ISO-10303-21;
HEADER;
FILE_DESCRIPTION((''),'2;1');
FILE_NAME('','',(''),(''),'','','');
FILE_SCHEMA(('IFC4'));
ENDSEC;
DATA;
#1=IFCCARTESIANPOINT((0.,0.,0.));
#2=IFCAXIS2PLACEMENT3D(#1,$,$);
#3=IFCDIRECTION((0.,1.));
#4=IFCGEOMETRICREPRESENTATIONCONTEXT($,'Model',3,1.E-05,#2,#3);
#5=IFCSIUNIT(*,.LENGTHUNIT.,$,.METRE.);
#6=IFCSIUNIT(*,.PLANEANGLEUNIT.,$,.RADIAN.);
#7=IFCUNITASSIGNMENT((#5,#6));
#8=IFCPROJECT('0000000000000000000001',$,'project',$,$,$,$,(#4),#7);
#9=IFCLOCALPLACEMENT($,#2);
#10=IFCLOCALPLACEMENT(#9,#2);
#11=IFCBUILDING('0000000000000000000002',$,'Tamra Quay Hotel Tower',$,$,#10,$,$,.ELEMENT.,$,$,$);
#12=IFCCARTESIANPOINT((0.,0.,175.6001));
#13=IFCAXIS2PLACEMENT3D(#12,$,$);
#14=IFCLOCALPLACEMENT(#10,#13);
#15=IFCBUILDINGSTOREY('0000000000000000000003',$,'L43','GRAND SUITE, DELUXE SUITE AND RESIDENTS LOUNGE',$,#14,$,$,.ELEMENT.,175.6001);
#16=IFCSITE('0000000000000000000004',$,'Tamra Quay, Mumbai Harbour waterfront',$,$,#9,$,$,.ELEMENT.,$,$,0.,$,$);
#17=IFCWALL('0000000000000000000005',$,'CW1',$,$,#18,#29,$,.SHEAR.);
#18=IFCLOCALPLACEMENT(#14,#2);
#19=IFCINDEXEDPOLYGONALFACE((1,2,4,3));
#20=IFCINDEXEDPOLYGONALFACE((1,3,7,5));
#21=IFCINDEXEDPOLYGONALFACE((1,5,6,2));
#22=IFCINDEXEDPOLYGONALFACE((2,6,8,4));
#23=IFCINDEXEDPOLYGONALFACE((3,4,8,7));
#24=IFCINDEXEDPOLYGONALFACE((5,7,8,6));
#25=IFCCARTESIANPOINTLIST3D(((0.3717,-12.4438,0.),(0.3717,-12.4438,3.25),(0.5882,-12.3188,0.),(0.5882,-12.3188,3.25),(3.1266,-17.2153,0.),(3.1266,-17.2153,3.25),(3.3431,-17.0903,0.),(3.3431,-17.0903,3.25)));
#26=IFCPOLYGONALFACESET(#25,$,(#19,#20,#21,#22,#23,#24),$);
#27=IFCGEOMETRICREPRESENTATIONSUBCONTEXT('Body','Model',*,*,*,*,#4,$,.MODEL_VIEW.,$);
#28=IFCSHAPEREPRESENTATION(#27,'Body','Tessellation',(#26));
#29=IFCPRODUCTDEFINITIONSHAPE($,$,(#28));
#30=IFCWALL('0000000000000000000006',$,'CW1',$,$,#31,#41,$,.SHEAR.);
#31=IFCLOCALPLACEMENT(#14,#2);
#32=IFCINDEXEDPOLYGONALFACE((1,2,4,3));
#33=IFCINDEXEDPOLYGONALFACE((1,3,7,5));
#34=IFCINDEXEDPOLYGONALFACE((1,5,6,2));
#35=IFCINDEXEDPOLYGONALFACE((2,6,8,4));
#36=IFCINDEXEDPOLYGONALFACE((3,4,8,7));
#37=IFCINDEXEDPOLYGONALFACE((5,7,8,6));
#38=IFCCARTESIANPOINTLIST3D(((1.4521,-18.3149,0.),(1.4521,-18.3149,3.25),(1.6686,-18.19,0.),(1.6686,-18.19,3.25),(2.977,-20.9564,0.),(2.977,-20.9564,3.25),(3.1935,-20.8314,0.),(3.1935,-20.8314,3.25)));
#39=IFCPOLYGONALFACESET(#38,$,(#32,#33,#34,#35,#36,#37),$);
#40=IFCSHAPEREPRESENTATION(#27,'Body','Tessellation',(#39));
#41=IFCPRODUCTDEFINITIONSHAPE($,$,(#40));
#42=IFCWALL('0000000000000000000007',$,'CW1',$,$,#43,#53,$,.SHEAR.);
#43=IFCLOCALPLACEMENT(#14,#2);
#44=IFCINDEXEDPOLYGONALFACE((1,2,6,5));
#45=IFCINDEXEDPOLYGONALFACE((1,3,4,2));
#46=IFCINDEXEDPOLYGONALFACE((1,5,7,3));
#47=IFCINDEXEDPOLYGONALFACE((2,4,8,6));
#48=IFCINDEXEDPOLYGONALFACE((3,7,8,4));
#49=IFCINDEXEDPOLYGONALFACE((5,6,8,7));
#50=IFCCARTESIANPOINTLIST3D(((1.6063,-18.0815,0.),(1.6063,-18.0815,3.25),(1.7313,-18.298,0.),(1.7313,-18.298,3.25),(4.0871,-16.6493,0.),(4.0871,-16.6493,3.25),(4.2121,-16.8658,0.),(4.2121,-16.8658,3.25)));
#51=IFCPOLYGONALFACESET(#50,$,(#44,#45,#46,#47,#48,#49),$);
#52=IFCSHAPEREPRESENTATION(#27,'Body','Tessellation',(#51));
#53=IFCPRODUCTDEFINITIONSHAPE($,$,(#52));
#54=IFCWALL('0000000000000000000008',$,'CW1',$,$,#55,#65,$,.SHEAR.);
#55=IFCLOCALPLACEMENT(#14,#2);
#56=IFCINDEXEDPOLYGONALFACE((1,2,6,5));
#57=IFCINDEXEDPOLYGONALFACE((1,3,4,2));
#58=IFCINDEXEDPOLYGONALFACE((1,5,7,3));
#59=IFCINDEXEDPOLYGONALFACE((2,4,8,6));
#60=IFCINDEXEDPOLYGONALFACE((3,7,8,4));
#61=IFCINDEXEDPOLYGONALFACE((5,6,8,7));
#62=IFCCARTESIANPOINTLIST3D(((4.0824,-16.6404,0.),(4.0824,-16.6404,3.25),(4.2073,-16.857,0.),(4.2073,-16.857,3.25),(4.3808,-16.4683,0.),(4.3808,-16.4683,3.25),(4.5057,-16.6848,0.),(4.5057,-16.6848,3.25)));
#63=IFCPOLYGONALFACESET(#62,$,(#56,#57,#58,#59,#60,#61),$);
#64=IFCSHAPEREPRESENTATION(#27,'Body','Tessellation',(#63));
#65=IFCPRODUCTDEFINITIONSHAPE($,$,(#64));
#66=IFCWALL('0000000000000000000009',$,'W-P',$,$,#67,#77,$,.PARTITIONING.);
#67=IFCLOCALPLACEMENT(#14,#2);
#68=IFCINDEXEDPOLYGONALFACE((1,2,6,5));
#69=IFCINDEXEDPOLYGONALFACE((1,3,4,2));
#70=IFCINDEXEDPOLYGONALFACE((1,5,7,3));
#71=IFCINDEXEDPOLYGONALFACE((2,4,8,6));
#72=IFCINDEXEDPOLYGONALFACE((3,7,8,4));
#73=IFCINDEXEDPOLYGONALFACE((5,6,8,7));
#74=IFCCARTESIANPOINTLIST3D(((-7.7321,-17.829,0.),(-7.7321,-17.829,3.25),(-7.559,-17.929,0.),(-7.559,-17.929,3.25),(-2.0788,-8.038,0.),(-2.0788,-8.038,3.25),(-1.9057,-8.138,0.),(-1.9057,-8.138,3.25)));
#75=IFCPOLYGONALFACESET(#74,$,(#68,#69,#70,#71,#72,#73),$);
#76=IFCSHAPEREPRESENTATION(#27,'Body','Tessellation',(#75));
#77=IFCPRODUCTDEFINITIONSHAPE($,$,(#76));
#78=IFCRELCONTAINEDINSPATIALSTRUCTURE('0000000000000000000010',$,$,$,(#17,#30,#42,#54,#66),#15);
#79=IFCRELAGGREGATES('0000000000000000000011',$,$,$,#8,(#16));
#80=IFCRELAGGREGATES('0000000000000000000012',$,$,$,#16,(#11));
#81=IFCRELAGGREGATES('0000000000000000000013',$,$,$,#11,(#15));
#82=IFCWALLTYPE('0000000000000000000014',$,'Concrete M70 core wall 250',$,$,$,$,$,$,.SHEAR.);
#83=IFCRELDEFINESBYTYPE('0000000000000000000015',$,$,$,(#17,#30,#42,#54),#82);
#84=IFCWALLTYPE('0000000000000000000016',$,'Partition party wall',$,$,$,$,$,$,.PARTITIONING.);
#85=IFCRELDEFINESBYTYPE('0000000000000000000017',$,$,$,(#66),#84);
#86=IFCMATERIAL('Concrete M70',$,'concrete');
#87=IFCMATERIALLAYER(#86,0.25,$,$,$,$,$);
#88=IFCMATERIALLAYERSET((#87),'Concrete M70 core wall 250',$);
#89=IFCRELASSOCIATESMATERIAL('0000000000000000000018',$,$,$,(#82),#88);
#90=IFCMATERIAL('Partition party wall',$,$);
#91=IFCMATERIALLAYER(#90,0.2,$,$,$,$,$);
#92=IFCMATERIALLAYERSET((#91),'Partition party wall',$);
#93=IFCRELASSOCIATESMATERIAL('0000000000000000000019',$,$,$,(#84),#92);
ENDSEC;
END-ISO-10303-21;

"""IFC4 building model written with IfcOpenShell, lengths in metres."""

from ifc_helpers import new_model, si_unit, direction, frame, frame_2d, origin, place, context, subcontext, project, spatial, rectangle, extrude, material, layer, layer_set, type_object, element, save


model = new_model("IFC4")

# Units and contexts
model_context = context("Model", 3, precision=1e-05, world=origin(), true_north=direction((0.0, 1.0)))
body_context = subcontext(model_context, "Body", "Model", "MODEL_VIEW")
ifc_project = project(units=[si_unit("LENGTHUNIT", "METRE"), si_unit("PLANEANGLEUNIT", "RADIAN")], contexts=[model_context])

# Site, building, storey
site_placement = place(None, origin())
site = spatial("IfcSite", under=ifc_project, at=site_placement, Name="Tamra Quay, Mumbai Harbour waterfront", CompositionType="ELEMENT", RefElevation=0.0)
building_placement = place(site_placement, origin())
building = spatial("IfcBuilding", under=site, at=building_placement, Name="Tamra Quay Hotel Tower", CompositionType="ELEMENT")
storey_placement = place(building_placement, frame((0.0, 0.0, 175.6001)))
storey = spatial("IfcBuildingStorey", under=building, at=storey_placement, Name="L43", Description="GRAND SUITE, DELUXE SUITE AND RESIDENTS LOUNGE", CompositionType="ELEMENT", Elevation=175.6001)

# Shared definitions
ifc_material_1 = material(Name="Concrete M70", Category="concrete")

# Walls
ifc_layer_1 = layer(ifc_material_1, 0.25)
ifc_layer_set_1 = layer_set([ifc_layer_1], Name="Concrete M70 core wall 250")
wall_type_1 = type_object("IfcWallType", Name="Concrete M70 core wall 250", PredefinedType="SHEAR", material=ifc_layer_set_1)
wall_1_placement = place(storey_placement, frame((3.2349, -17.1528, 0.0), z_axis=(0.0, 0.0, 1.0), x_axis=(-0.500009, 0.86602, 0.0)))
element("IfcWall", 1, at=wall_1_placement, inside=storey, type_object=wall_type_1, Name="CW1", PredefinedType="SHEAR", context=body_context, shape_type="SweptSolid", body=[
    extrude(rectangle(XDim=5.5098, YDim=0.25, at=frame_2d((2.7549, 0.0))), origin(), (0.0, 0.0, 1.0), 3.25),
])
wall_2_placement = place(storey_placement, frame((3.0852, -20.8938, 0.0), z_axis=(0.0, 0.0, 1.0), x_axis=(-0.499979, 0.866038, 0.0)))
element("IfcWall", 2, at=wall_2_placement, inside=storey, type_object=wall_type_1, Name="CW1", PredefinedType="SHEAR", context=body_context, shape_type="SweptSolid", body=[
    extrude(rectangle(XDim=3.05, YDim=0.25, at=frame_2d((1.5249, 0.0))), origin(), (0.0, 0.0, 1.0), 3.25),
])
wall_3_placement = place(storey_placement, frame((1.6689, -18.1897, 0.0), z_axis=(0.0, 0.0, 1.0), x_axis=(0.866042, 0.499971, 0.0)))
element("IfcWall", 3, at=wall_3_placement, inside=storey, type_object=wall_type_1, Name="CW1", PredefinedType="SHEAR", context=body_context, shape_type="SweptSolid", body=[
    extrude(rectangle(XDim=2.8645, YDim=0.25, at=frame_2d((1.4321, 0.0))), origin(), (0.0, 0.0, 1.0), 3.25),
])
wall_4_placement = place(storey_placement, frame((4.1448, -16.7488, 0.0), z_axis=(0.0, 0.0, 1.0), x_axis=(0.866186, 0.499722, 0.0)))
element("IfcWall", 4, at=wall_4_placement, inside=storey, type_object=wall_type_1, Name="CW1", PredefinedType="SHEAR", context=body_context, shape_type="SweptSolid", body=[
    extrude(rectangle(XDim=0.3445, YDim=0.25, at=frame_2d((0.1724, 0.0))), origin(), (0.0, 0.0, 1.0), 3.25),
])
ifc_material_2 = material(Name="Partition party wall")
ifc_layer_2 = layer(ifc_material_2, 0.2)
ifc_layer_set_2 = layer_set([ifc_layer_2], Name="Partition party wall")
wall_type_2 = type_object("IfcWallType", Name="Partition party wall", PredefinedType="PARTITIONING", material=ifc_layer_set_2)
wall_5_placement = place(storey_placement, frame((-7.6455, -17.8789, 0.0), z_axis=(0.0, 0.0, 1.0), x_axis=(0.500031, 0.866007, 0.0)))
element("IfcWall", 5, at=wall_5_placement, inside=storey, type_object=wall_type_2, Name="W-P", PredefinedType="PARTITIONING", context=body_context, shape_type="SweptSolid", body=[
    extrude(rectangle(XDim=11.3059, YDim=0.2, at=frame_2d((5.6528, 0.0))), origin(), (0.0, 0.0, 1.0), 3.25),
])

save(model, "model.ifc")
